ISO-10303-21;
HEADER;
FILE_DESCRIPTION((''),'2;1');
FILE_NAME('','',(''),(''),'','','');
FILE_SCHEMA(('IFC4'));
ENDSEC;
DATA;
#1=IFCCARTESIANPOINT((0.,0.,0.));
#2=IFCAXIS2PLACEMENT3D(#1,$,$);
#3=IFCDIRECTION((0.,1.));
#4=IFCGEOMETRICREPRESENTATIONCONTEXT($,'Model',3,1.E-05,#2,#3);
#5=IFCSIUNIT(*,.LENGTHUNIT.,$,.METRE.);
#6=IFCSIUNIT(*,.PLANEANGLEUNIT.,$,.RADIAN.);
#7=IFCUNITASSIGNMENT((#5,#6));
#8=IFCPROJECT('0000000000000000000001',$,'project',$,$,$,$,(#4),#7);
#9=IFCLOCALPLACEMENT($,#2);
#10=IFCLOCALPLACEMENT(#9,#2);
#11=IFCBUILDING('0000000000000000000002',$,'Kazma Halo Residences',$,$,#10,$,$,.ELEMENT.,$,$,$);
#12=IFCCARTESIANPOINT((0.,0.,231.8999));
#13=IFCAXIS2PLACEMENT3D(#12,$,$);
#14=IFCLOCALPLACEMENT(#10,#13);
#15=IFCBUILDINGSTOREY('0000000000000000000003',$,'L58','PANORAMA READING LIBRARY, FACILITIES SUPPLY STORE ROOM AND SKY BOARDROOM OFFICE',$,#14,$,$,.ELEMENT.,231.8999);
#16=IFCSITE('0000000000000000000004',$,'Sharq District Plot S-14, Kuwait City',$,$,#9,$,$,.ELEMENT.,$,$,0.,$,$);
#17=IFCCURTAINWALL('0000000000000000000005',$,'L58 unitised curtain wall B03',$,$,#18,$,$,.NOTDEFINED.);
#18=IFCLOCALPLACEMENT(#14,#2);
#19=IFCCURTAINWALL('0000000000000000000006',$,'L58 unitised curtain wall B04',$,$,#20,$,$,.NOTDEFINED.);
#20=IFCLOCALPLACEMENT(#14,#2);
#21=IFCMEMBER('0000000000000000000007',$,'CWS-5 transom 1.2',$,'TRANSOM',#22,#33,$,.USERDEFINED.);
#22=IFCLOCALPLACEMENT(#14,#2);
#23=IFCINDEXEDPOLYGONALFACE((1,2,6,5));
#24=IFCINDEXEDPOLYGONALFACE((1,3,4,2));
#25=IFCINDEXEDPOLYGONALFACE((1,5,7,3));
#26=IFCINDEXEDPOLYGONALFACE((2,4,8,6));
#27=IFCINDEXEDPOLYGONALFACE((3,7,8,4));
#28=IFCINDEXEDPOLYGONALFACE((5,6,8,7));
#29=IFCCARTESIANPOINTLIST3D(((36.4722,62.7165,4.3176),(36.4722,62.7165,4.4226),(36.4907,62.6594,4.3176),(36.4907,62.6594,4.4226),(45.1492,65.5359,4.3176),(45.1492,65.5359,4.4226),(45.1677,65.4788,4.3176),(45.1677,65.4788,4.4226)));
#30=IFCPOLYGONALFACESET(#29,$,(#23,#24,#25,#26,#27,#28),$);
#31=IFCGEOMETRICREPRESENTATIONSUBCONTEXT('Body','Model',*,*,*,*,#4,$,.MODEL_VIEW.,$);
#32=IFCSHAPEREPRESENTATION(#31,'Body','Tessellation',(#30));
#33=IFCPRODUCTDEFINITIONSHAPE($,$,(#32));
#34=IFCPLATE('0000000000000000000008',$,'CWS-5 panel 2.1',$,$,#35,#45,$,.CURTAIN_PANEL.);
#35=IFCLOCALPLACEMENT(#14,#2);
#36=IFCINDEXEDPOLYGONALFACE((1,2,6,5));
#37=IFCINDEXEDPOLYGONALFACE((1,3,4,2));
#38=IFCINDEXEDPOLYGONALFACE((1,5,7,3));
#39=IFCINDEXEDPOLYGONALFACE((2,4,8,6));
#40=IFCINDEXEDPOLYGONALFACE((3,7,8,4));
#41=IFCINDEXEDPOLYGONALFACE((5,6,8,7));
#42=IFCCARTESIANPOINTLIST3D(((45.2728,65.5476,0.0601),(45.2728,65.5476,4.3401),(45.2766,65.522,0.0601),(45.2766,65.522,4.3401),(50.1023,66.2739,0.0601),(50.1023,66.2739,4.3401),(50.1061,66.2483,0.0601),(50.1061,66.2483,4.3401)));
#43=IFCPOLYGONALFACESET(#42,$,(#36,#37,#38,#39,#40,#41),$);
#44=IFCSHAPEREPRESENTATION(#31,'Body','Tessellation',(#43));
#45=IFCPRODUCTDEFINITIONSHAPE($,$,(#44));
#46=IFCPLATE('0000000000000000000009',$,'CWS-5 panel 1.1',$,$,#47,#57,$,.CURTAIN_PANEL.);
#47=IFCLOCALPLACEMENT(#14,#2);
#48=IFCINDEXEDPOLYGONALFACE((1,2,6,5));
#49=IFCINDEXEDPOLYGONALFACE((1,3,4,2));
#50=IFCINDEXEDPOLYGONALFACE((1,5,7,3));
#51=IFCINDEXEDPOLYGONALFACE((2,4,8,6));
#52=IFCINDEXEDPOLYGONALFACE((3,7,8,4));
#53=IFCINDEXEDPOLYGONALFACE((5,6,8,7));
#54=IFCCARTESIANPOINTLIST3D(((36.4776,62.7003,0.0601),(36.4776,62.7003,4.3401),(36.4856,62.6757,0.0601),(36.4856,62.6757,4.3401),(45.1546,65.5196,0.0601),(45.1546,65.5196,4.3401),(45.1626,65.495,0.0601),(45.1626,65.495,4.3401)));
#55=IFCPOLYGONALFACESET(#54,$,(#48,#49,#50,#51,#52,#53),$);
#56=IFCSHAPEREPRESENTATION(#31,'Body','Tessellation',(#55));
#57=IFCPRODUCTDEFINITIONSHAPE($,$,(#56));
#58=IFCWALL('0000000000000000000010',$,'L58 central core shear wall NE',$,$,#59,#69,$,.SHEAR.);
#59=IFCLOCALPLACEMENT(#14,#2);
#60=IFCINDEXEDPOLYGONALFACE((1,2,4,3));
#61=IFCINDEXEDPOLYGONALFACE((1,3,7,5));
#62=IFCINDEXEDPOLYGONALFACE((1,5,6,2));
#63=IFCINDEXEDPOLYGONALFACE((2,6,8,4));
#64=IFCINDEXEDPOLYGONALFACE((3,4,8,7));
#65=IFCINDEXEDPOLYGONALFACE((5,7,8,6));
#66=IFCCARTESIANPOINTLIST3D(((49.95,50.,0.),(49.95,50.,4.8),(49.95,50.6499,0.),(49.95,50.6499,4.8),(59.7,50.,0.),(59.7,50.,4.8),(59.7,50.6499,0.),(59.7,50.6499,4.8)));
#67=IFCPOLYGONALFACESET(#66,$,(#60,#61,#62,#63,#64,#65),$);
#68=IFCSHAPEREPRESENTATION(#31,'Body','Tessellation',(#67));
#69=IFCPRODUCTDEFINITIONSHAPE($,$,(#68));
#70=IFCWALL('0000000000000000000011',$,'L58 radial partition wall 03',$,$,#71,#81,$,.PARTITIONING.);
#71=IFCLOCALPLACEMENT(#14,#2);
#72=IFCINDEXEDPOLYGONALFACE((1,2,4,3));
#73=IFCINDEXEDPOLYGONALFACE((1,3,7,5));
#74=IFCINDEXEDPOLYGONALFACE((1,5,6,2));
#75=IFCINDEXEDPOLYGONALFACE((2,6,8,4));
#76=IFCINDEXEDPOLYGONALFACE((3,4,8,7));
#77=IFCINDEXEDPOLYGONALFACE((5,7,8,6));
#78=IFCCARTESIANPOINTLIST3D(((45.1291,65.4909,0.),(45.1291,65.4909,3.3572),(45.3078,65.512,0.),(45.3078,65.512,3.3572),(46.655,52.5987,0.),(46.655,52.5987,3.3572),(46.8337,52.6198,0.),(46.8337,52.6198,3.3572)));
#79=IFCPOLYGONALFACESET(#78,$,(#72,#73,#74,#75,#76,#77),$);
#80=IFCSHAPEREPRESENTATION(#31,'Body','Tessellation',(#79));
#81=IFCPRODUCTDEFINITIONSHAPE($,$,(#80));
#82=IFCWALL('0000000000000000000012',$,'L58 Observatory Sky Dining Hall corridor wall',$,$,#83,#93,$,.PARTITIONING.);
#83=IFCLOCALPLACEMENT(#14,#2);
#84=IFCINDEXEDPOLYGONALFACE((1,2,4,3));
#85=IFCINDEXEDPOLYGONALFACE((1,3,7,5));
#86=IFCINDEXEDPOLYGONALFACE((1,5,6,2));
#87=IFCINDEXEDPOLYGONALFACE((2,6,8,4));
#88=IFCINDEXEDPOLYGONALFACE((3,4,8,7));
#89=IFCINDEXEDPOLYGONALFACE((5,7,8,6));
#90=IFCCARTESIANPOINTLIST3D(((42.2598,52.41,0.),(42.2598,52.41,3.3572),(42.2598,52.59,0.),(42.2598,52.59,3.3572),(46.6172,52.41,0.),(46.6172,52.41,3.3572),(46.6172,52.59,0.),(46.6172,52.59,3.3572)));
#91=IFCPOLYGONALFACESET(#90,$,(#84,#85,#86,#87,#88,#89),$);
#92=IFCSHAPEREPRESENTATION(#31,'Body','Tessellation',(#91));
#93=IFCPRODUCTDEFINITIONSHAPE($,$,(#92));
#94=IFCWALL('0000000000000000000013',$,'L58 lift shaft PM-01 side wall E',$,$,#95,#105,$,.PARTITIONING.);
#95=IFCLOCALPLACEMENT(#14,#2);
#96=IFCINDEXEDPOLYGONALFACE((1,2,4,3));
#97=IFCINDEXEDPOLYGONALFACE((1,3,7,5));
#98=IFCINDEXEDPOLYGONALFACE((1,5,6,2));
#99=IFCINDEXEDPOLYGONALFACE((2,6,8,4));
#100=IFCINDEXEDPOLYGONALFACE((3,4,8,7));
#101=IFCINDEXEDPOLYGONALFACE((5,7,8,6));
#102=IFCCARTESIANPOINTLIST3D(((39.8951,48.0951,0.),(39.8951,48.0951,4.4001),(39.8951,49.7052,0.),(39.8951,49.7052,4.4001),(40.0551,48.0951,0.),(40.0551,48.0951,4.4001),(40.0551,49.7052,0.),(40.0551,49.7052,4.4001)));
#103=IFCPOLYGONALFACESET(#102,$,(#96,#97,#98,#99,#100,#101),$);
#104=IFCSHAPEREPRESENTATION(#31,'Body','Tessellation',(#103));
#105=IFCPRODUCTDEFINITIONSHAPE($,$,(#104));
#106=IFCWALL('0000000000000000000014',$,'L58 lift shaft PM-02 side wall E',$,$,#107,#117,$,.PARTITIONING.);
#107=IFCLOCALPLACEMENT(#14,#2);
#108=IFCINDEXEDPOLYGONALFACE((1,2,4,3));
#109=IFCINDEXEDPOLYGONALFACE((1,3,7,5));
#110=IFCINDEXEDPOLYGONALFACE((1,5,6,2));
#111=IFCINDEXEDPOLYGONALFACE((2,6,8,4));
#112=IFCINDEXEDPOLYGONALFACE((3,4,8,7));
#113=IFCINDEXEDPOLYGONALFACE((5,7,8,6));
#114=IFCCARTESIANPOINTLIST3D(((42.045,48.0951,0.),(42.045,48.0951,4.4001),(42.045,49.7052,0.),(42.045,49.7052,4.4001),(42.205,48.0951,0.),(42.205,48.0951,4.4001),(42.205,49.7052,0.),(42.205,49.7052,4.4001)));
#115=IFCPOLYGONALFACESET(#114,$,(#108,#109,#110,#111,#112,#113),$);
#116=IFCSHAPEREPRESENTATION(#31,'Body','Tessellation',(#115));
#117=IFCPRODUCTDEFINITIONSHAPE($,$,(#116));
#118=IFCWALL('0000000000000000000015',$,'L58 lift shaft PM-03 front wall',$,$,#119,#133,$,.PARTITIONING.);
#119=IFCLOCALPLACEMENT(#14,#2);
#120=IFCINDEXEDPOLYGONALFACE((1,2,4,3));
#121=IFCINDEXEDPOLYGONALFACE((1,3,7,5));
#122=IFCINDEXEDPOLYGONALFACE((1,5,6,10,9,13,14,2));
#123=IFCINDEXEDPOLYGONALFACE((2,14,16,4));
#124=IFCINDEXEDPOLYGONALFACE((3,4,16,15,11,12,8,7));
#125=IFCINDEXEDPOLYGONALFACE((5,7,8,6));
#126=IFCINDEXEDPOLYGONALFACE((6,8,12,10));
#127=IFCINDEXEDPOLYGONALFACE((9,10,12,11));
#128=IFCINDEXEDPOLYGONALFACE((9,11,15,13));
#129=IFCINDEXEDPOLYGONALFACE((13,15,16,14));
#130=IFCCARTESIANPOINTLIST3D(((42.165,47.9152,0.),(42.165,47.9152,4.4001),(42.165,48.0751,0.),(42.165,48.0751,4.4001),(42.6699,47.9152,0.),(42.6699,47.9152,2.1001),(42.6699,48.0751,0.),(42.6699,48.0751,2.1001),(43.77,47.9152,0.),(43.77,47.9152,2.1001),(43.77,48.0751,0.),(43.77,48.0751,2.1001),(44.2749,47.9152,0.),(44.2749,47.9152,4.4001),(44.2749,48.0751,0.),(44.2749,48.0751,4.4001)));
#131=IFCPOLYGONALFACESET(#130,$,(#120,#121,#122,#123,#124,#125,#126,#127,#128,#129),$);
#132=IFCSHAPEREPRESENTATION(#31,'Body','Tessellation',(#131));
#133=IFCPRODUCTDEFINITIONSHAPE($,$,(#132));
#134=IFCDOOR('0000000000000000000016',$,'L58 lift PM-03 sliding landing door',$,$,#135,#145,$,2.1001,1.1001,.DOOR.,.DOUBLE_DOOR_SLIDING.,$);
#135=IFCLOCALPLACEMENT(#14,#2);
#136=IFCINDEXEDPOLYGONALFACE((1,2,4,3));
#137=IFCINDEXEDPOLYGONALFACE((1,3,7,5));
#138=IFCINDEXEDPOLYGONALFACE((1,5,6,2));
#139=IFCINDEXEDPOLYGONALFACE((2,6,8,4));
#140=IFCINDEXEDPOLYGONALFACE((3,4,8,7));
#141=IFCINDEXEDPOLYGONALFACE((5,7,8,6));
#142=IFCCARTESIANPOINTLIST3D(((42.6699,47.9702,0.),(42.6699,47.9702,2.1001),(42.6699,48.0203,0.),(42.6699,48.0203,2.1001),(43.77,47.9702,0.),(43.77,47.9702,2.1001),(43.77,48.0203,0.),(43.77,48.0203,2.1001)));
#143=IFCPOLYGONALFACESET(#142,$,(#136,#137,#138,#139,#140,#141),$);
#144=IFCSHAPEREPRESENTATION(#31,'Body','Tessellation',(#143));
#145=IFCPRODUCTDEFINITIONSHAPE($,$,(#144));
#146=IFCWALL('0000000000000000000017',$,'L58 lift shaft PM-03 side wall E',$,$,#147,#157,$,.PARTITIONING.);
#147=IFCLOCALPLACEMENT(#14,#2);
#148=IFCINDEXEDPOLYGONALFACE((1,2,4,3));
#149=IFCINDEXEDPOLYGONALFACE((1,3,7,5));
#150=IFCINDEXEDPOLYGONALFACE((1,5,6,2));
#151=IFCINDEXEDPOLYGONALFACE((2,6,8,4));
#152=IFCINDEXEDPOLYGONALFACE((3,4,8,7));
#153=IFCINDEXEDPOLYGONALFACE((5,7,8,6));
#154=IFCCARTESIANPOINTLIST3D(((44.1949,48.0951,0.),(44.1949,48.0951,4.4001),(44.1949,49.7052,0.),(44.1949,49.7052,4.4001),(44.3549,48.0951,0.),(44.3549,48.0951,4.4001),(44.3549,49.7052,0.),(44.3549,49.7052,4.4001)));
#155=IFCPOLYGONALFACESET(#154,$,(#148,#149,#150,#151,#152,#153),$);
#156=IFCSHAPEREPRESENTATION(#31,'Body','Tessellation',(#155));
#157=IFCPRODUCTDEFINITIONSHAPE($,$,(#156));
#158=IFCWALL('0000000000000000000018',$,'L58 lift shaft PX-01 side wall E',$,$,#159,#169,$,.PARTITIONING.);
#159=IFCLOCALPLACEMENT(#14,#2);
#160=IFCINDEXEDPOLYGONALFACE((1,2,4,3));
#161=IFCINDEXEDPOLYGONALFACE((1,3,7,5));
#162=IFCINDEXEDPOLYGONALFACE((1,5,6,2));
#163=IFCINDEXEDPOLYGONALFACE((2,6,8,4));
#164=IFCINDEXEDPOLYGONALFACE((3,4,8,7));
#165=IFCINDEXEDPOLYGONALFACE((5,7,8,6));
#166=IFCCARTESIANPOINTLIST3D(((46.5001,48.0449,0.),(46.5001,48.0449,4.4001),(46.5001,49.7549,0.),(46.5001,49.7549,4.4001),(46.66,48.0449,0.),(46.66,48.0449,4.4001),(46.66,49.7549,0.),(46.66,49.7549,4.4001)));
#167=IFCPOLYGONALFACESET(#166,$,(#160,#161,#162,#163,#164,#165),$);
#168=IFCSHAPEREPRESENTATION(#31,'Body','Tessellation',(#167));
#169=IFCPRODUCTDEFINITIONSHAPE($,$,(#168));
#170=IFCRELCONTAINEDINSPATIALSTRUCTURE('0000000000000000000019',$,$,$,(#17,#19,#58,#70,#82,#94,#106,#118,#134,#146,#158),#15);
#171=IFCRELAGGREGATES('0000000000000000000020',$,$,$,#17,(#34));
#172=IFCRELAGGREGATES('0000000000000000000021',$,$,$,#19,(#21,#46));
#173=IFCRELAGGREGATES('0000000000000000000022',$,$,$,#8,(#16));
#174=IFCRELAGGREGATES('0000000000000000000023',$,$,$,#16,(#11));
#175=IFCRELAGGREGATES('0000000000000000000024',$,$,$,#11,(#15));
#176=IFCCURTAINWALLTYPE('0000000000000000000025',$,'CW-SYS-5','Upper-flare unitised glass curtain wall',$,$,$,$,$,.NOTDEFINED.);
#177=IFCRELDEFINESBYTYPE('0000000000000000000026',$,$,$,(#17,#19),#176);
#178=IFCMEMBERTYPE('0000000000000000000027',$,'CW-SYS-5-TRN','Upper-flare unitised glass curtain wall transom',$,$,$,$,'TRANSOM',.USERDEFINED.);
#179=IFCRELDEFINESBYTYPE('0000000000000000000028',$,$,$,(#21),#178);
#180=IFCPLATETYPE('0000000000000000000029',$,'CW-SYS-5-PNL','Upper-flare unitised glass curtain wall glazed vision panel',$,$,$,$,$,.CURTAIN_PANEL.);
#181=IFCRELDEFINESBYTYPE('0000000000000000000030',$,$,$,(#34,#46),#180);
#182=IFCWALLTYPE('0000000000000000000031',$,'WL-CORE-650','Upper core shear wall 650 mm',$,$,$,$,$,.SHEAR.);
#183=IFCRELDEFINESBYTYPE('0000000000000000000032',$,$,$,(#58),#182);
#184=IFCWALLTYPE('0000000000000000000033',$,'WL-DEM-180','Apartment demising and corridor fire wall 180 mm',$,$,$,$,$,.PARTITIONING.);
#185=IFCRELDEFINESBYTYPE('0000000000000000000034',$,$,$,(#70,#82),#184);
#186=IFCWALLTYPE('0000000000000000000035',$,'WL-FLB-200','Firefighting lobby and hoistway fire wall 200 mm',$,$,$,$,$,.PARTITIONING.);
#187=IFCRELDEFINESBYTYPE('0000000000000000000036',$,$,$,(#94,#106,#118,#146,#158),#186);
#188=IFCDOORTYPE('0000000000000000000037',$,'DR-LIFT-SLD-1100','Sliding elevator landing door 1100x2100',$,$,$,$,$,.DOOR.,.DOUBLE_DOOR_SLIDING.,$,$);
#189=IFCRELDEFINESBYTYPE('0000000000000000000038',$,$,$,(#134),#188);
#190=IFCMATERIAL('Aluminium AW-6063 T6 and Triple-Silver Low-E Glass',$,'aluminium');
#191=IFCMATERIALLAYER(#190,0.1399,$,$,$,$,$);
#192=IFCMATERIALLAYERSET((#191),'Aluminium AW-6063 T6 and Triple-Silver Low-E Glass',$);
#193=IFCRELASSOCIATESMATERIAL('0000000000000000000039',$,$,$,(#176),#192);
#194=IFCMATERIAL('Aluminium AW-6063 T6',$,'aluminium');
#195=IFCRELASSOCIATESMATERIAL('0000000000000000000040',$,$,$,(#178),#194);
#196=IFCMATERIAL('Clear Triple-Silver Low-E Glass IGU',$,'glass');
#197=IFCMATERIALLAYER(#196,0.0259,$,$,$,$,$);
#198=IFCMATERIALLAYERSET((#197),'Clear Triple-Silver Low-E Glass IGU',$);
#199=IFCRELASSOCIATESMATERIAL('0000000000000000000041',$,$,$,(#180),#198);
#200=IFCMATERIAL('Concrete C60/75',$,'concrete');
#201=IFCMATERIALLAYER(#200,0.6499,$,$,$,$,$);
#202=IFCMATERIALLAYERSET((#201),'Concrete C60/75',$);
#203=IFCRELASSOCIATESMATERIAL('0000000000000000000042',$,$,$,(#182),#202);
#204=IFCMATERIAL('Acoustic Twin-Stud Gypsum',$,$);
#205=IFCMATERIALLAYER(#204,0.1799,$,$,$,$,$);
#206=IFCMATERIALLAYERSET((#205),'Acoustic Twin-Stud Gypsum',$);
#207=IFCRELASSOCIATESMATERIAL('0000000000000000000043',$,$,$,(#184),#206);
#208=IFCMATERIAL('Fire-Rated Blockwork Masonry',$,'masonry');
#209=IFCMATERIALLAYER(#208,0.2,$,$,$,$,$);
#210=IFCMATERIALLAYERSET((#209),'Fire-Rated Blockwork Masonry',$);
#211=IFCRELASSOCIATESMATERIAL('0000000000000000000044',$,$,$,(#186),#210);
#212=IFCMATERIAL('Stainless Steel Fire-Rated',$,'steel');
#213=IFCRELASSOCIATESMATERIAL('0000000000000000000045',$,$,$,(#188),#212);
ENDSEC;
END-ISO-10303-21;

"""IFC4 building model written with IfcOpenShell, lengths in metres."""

from ifc_helpers import new_model, si_unit, direction, frame, frame_2d, origin, origin_2d, place, context, subcontext, project, spatial, rectangle, extrude, material, layer, layer_set, material_profile, profile_set, type_object, element, fill, aggregate, save


model = new_model("IFC4")

# Units and contexts
model_context = context("Model", 3, precision=1e-05, world=origin(), true_north=direction((0.0, 1.0)))
body_context = subcontext(model_context, "Body", "Model", "MODEL_VIEW")
ifc_project = project(units=[si_unit("LENGTHUNIT", "METRE"), si_unit("PLANEANGLEUNIT", "RADIAN")], contexts=[model_context])

# Site, building, storey
site_placement = place(None, origin())
site = spatial("IfcSite", under=ifc_project, at=site_placement, Name="Sharq District Plot S-14, Kuwait City", CompositionType="ELEMENT", RefElevation=0.0)
building_placement = place(site_placement, origin())
building = spatial("IfcBuilding", under=site, at=building_placement, Name="Kazma Halo Residences", CompositionType="ELEMENT")
storey_placement = place(building_placement, frame((0.0, 0.0, 231.8999)))
storey = spatial("IfcBuildingStorey", under=building, at=storey_placement, Name="L58", Description="PANORAMA READING LIBRARY, FACILITIES SUPPLY STORE ROOM AND SKY BOARDROOM OFFICE", CompositionType="ELEMENT", Elevation=231.8999)

# Curtain wall
ifc_material_1 = material(Name="Aluminium AW-6063 T6 and Triple-Silver Low-E Glass", Category="aluminium")
ifc_layer_1 = layer(ifc_material_1, 0.1399)
ifc_layer_set_1 = layer_set([ifc_layer_1], Name="Aluminium AW-6063 T6 and Triple-Silver Low-E Glass")
curtain_wall_type = type_object("IfcCurtainWallType", Name="CW-SYS-5", Description="Upper-flare unitised glass curtain wall", PredefinedType="NOTDEFINED", material=ifc_layer_set_1)
curtain_wall_1_placement = place(storey_placement, origin())
curtain_wall_1 = element("IfcCurtainWall", 1, at=curtain_wall_1_placement, inside=storey, type_object=curtain_wall_type, Name="L58 unitised curtain wall B03", PredefinedType="NOTDEFINED")
ifc_material_2 = material(Name="Aluminium AW-6063 T6", Category="aluminium")

# Curtain wall, member
curtain_wall_2_placement = place(storey_placement, origin())
curtain_wall_2 = element("IfcCurtainWall", 2, at=curtain_wall_2_placement, inside=storey, type_object=curtain_wall_type, Name="L58 unitised curtain wall B04", PredefinedType="NOTDEFINED")
ifc_material_profile_1 = material_profile(ifc_material_2, rectangle(XDim=0.0601, YDim=0.105, at=origin_2d()), Name="CWT-60x105")
ifc_profile_set_1 = profile_set([ifc_material_profile_1], Name="Aluminium AW-6063 T6")
member_type_1 = type_object("IfcMemberType", Name="CW-SYS-5-TRN", Description="Upper-flare unitised glass curtain wall transom", ElementType="TRANSOM", PredefinedType="USERDEFINED", material=ifc_profile_set_1)
member_1_placement = place(storey_placement, frame((45.1584, 65.5073, 4.3701), z_axis=(-0.951056, -0.309018, 0.0), x_axis=(0.309018, -0.951056, 0.0)))
member_1 = element("IfcMember", 3, at=member_1_placement, type_object=member_type_1, Name="CWS-5 transom 1.2", ObjectType="TRANSOM", PredefinedType="USERDEFINED", context=body_context, shape_type="SweptSolid", body=[
    extrude(rectangle(XDim=0.0601, YDim=0.105, at=origin_2d()), origin(), (0.0, 0.0, 1.0), 9.1235),
])

# Plates
ifc_material_3 = material(Name="Clear Triple-Silver Low-E Glass IGU", Category="glass")
ifc_layer_2 = layer(ifc_material_3, 0.0259)
ifc_layer_set_2 = layer_set([ifc_layer_2], Name="Clear Triple-Silver Low-E Glass IGU")
plate_type = type_object("IfcPlateType", Name="CW-SYS-5-PNL", Description="Upper-flare unitised glass curtain wall glazed vision panel", PredefinedType="CURTAIN_PANEL", material=ifc_layer_set_2)
plate_1_placement = place(storey_placement, frame((47.6895, 65.8979, 0.0601), z_axis=(0.0, 0.0, 1.0), x_axis=(-0.988877, -0.148733, 0.0)))
plate_1 = element("IfcPlate", 4, at=plate_1_placement, type_object=plate_type, Name="CWS-5 panel 2.1", PredefinedType="CURTAIN_PANEL", context=body_context, shape_type="SweptSolid", body=[
    extrude(rectangle(XDim=4.8838, YDim=0.0259, at=origin_2d()), origin(), (0.0, 0.0, 1.0), 4.28),
])
aggregate(curtain_wall_1, [plate_1])
plate_2_placement = place(storey_placement, frame((40.8201, 64.0977, 0.0601), z_axis=(0.0, 0.0, 1.0), x_axis=(-0.951056, -0.30902, 0.0)))
plate_2 = element("IfcPlate", 5, at=plate_2_placement, type_object=plate_type, Name="CWS-5 panel 1.1", PredefinedType="CURTAIN_PANEL", context=body_context, shape_type="SweptSolid", body=[
    extrude(rectangle(XDim=9.1235, YDim=0.0259, at=origin_2d()), origin(), (0.0, 0.0, 1.0), 4.28),
])
aggregate(curtain_wall_2, [member_1, plate_2])

# Walls
ifc_material_4 = material(Name="Concrete C60/75", Category="concrete")
ifc_layer_3 = layer(ifc_material_4, 0.6499)
ifc_layer_set_3 = layer_set([ifc_layer_3], Name="Concrete C60/75")
wall_type_1 = type_object("IfcWallType", Name="WL-CORE-650", Description="Upper core shear wall 650 mm", PredefinedType="SHEAR", material=ifc_layer_set_3)
wall_1_placement = place(storey_placement, frame((49.95, 50.325, 0.0), z_axis=(0.0, 0.0, 1.0), x_axis=(1.0, 0.0, 0.0)))
element("IfcWall", 6, at=wall_1_placement, inside=storey, type_object=wall_type_1, Name="L58 central core shear wall NE", PredefinedType="SHEAR", context=body_context, shape_type="SweptSolid", body=[
    extrude(rectangle(XDim=9.75, YDim=0.6499, at=frame_2d((4.875, 0.0))), origin(), (0.0, 0.0, 1.0), 4.8),
])
ifc_material_5 = material(Name="Acoustic Twin-Stud Gypsum")
ifc_layer_4 = layer(ifc_material_5, 0.1799)
ifc_layer_set_4 = layer_set([ifc_layer_4], Name="Acoustic Twin-Stud Gypsum")
wall_type_2 = type_object("IfcWallType", Name="WL-DEM-180", Description="Apartment demising and corridor fire wall 180 mm", PredefinedType="PARTITIONING", material=ifc_layer_set_4)
wall_2_placement = place(storey_placement, frame((46.7444, 52.6091, 0.0), z_axis=(0.0, 0.0, 1.0), x_axis=(-0.117537, 0.993068, 0.0)))
element("IfcWall", 7, at=wall_2_placement, inside=storey, type_object=wall_type_2, Name="L58 radial partition wall 03", PredefinedType="PARTITIONING", context=body_context, shape_type="SweptSolid", body=[
    extrude(rectangle(XDim=12.9822, YDim=0.1799, at=frame_2d((6.4912, 0.0))), origin(), (0.0, 0.0, 1.0), 3.3572),
])
wall_3_placement = place(storey_placement, frame((46.6172, 52.5, 0.0), z_axis=(0.0, 0.0, 1.0), x_axis=(-1.0, 0.0, 0.0)))
element("IfcWall", 8, at=wall_3_placement, inside=storey, type_object=wall_type_2, Name="L58 Observatory Sky Dining Hall corridor wall", PredefinedType="PARTITIONING", context=body_context, shape_type="SweptSolid", body=[
    extrude(rectangle(XDim=4.3574, YDim=0.1799, at=frame_2d((2.1787, 0.0))), origin(), (0.0, 0.0, 1.0), 3.3572),
])

# Walls
ifc_material_6 = material(Name="Fire-Rated Blockwork Masonry", Category="masonry")
ifc_layer_5 = layer(ifc_material_6, 0.2)
ifc_layer_set_5 = layer_set([ifc_layer_5], Name="Fire-Rated Blockwork Masonry")
wall_type_3 = type_object("IfcWallType", Name="WL-FLB-200", Description="Firefighting lobby and hoistway fire wall 200 mm", PredefinedType="PARTITIONING", material=ifc_layer_set_5)
for number, where, z_axis, x_axis, name in (
    (9, (39.9751, 48.095, 0.0), (0.0, 0.0, 1.0), (0.0, 1.0, 0.0), "L58 lift shaft PM-01 side wall E"),
    (10, (42.125, 48.095, 0.0), (0.0, 0.0, 1.0), (0.0, 1.0, 0.0), "L58 lift shaft PM-02 side wall E"),
):
    element("IfcWall", number, at=place(storey_placement, frame(where, z_axis=z_axis, x_axis=x_axis)), inside=storey, type_object=wall_type_3, Name=name, PredefinedType="PARTITIONING", context=body_context, shape_type="SweptSolid", body=[
        extrude(rectangle(XDim=1.6101, YDim=0.1599, at=frame_2d((0.8052, 0.0))), origin(), (0.0, 0.0, 1.0), 4.4001),
    ])

# Wall, opening, door
wall_4_placement = place(storey_placement, frame((44.2749, 47.9951, 0.0), z_axis=(0.0, 0.0, 1.0), x_axis=(-1.0, 0.0, 0.0)))
wall_4 = element("IfcWall", 11, at=wall_4_placement, inside=storey, type_object=wall_type_3, Name="L58 lift shaft PM-03 front wall", PredefinedType="PARTITIONING", context=body_context, shape_type="SweptSolid", body=[
    extrude(rectangle(XDim=2.1099, YDim=0.1599, at=frame_2d((1.0549, 0.0))), origin(), (0.0, 0.0, 1.0), 4.4001),
])
opening_1_placement = place(wall_4_placement, frame((0.5049, 0.0, 0.0)))
opening_1 = element("IfcOpeningElement", 12, at=opening_1_placement, cuts=wall_4, PredefinedType="OPENING", context=body_context, shape_type="SweptSolid", body=[
    extrude(rectangle(XDim=1.1001, YDim=2.1001, at=frame_2d((0.55, 1.05))), frame((0.0, 0.0898, 0.0), z_axis=(0.0, -1.0, 0.0), x_axis=(1.0, 0.0, 0.0)), (0.0, 0.0, 1.0), 0.1799),
])
ifc_material_7 = material(Name="Stainless Steel Fire-Rated", Category="steel")
door_type_1 = type_object("IfcDoorType", Name="DR-LIFT-SLD-1100", Description="Sliding elevator landing door 1100x2100", OperationType="DOUBLE_DOOR_SLIDING", PredefinedType="DOOR", material=ifc_material_7)
door_1_placement = place(opening_1_placement, origin())
door_1 = element("IfcDoor", 13, at=door_1_placement, inside=storey, type_object=door_type_1, Name="L58 lift PM-03 sliding landing door", OperationType="DOUBLE_DOOR_SLIDING", OverallHeight=2.1001, OverallWidth=1.1001, PredefinedType="DOOR", context=body_context, shape_type="SweptSolid", body=[
    extrude(rectangle(XDim=1.1001, YDim=2.1001, at=frame_2d((0.55, 1.05))), frame((0.0, 0.0249, 0.0), z_axis=(0.0, -1.0, 0.0), x_axis=(1.0, 0.0, 0.0)), (0.0, 0.0, 1.0), 0.05),
])
fill(opening_1, door_1)

# Walls
wall_5_placement = place(storey_placement, frame((44.2749, 48.095, 0.0), z_axis=(0.0, 0.0, 1.0), x_axis=(0.0, 1.0, 0.0)))
element("IfcWall", 14, at=wall_5_placement, inside=storey, type_object=wall_type_3, Name="L58 lift shaft PM-03 side wall E", PredefinedType="PARTITIONING", context=body_context, shape_type="SweptSolid", body=[
    extrude(rectangle(XDim=1.6101, YDim=0.1599, at=frame_2d((0.8052, 0.0))), origin(), (0.0, 0.0, 1.0), 4.4001),
])
wall_6_placement = place(storey_placement, frame((46.5801, 48.0449, 0.0), z_axis=(0.0, 0.0, 1.0), x_axis=(0.0, 1.0, 0.0)))
element("IfcWall", 15, at=wall_6_placement, inside=storey, type_object=wall_type_3, Name="L58 lift shaft PX-01 side wall E", PredefinedType="PARTITIONING", context=body_context, shape_type="SweptSolid", body=[
    extrude(rectangle(XDim=1.71, YDim=0.1599, at=frame_2d((0.855, 0.0))), origin(), (0.0, 0.0, 1.0), 4.4001),
])

save(model, "model.ifc")
